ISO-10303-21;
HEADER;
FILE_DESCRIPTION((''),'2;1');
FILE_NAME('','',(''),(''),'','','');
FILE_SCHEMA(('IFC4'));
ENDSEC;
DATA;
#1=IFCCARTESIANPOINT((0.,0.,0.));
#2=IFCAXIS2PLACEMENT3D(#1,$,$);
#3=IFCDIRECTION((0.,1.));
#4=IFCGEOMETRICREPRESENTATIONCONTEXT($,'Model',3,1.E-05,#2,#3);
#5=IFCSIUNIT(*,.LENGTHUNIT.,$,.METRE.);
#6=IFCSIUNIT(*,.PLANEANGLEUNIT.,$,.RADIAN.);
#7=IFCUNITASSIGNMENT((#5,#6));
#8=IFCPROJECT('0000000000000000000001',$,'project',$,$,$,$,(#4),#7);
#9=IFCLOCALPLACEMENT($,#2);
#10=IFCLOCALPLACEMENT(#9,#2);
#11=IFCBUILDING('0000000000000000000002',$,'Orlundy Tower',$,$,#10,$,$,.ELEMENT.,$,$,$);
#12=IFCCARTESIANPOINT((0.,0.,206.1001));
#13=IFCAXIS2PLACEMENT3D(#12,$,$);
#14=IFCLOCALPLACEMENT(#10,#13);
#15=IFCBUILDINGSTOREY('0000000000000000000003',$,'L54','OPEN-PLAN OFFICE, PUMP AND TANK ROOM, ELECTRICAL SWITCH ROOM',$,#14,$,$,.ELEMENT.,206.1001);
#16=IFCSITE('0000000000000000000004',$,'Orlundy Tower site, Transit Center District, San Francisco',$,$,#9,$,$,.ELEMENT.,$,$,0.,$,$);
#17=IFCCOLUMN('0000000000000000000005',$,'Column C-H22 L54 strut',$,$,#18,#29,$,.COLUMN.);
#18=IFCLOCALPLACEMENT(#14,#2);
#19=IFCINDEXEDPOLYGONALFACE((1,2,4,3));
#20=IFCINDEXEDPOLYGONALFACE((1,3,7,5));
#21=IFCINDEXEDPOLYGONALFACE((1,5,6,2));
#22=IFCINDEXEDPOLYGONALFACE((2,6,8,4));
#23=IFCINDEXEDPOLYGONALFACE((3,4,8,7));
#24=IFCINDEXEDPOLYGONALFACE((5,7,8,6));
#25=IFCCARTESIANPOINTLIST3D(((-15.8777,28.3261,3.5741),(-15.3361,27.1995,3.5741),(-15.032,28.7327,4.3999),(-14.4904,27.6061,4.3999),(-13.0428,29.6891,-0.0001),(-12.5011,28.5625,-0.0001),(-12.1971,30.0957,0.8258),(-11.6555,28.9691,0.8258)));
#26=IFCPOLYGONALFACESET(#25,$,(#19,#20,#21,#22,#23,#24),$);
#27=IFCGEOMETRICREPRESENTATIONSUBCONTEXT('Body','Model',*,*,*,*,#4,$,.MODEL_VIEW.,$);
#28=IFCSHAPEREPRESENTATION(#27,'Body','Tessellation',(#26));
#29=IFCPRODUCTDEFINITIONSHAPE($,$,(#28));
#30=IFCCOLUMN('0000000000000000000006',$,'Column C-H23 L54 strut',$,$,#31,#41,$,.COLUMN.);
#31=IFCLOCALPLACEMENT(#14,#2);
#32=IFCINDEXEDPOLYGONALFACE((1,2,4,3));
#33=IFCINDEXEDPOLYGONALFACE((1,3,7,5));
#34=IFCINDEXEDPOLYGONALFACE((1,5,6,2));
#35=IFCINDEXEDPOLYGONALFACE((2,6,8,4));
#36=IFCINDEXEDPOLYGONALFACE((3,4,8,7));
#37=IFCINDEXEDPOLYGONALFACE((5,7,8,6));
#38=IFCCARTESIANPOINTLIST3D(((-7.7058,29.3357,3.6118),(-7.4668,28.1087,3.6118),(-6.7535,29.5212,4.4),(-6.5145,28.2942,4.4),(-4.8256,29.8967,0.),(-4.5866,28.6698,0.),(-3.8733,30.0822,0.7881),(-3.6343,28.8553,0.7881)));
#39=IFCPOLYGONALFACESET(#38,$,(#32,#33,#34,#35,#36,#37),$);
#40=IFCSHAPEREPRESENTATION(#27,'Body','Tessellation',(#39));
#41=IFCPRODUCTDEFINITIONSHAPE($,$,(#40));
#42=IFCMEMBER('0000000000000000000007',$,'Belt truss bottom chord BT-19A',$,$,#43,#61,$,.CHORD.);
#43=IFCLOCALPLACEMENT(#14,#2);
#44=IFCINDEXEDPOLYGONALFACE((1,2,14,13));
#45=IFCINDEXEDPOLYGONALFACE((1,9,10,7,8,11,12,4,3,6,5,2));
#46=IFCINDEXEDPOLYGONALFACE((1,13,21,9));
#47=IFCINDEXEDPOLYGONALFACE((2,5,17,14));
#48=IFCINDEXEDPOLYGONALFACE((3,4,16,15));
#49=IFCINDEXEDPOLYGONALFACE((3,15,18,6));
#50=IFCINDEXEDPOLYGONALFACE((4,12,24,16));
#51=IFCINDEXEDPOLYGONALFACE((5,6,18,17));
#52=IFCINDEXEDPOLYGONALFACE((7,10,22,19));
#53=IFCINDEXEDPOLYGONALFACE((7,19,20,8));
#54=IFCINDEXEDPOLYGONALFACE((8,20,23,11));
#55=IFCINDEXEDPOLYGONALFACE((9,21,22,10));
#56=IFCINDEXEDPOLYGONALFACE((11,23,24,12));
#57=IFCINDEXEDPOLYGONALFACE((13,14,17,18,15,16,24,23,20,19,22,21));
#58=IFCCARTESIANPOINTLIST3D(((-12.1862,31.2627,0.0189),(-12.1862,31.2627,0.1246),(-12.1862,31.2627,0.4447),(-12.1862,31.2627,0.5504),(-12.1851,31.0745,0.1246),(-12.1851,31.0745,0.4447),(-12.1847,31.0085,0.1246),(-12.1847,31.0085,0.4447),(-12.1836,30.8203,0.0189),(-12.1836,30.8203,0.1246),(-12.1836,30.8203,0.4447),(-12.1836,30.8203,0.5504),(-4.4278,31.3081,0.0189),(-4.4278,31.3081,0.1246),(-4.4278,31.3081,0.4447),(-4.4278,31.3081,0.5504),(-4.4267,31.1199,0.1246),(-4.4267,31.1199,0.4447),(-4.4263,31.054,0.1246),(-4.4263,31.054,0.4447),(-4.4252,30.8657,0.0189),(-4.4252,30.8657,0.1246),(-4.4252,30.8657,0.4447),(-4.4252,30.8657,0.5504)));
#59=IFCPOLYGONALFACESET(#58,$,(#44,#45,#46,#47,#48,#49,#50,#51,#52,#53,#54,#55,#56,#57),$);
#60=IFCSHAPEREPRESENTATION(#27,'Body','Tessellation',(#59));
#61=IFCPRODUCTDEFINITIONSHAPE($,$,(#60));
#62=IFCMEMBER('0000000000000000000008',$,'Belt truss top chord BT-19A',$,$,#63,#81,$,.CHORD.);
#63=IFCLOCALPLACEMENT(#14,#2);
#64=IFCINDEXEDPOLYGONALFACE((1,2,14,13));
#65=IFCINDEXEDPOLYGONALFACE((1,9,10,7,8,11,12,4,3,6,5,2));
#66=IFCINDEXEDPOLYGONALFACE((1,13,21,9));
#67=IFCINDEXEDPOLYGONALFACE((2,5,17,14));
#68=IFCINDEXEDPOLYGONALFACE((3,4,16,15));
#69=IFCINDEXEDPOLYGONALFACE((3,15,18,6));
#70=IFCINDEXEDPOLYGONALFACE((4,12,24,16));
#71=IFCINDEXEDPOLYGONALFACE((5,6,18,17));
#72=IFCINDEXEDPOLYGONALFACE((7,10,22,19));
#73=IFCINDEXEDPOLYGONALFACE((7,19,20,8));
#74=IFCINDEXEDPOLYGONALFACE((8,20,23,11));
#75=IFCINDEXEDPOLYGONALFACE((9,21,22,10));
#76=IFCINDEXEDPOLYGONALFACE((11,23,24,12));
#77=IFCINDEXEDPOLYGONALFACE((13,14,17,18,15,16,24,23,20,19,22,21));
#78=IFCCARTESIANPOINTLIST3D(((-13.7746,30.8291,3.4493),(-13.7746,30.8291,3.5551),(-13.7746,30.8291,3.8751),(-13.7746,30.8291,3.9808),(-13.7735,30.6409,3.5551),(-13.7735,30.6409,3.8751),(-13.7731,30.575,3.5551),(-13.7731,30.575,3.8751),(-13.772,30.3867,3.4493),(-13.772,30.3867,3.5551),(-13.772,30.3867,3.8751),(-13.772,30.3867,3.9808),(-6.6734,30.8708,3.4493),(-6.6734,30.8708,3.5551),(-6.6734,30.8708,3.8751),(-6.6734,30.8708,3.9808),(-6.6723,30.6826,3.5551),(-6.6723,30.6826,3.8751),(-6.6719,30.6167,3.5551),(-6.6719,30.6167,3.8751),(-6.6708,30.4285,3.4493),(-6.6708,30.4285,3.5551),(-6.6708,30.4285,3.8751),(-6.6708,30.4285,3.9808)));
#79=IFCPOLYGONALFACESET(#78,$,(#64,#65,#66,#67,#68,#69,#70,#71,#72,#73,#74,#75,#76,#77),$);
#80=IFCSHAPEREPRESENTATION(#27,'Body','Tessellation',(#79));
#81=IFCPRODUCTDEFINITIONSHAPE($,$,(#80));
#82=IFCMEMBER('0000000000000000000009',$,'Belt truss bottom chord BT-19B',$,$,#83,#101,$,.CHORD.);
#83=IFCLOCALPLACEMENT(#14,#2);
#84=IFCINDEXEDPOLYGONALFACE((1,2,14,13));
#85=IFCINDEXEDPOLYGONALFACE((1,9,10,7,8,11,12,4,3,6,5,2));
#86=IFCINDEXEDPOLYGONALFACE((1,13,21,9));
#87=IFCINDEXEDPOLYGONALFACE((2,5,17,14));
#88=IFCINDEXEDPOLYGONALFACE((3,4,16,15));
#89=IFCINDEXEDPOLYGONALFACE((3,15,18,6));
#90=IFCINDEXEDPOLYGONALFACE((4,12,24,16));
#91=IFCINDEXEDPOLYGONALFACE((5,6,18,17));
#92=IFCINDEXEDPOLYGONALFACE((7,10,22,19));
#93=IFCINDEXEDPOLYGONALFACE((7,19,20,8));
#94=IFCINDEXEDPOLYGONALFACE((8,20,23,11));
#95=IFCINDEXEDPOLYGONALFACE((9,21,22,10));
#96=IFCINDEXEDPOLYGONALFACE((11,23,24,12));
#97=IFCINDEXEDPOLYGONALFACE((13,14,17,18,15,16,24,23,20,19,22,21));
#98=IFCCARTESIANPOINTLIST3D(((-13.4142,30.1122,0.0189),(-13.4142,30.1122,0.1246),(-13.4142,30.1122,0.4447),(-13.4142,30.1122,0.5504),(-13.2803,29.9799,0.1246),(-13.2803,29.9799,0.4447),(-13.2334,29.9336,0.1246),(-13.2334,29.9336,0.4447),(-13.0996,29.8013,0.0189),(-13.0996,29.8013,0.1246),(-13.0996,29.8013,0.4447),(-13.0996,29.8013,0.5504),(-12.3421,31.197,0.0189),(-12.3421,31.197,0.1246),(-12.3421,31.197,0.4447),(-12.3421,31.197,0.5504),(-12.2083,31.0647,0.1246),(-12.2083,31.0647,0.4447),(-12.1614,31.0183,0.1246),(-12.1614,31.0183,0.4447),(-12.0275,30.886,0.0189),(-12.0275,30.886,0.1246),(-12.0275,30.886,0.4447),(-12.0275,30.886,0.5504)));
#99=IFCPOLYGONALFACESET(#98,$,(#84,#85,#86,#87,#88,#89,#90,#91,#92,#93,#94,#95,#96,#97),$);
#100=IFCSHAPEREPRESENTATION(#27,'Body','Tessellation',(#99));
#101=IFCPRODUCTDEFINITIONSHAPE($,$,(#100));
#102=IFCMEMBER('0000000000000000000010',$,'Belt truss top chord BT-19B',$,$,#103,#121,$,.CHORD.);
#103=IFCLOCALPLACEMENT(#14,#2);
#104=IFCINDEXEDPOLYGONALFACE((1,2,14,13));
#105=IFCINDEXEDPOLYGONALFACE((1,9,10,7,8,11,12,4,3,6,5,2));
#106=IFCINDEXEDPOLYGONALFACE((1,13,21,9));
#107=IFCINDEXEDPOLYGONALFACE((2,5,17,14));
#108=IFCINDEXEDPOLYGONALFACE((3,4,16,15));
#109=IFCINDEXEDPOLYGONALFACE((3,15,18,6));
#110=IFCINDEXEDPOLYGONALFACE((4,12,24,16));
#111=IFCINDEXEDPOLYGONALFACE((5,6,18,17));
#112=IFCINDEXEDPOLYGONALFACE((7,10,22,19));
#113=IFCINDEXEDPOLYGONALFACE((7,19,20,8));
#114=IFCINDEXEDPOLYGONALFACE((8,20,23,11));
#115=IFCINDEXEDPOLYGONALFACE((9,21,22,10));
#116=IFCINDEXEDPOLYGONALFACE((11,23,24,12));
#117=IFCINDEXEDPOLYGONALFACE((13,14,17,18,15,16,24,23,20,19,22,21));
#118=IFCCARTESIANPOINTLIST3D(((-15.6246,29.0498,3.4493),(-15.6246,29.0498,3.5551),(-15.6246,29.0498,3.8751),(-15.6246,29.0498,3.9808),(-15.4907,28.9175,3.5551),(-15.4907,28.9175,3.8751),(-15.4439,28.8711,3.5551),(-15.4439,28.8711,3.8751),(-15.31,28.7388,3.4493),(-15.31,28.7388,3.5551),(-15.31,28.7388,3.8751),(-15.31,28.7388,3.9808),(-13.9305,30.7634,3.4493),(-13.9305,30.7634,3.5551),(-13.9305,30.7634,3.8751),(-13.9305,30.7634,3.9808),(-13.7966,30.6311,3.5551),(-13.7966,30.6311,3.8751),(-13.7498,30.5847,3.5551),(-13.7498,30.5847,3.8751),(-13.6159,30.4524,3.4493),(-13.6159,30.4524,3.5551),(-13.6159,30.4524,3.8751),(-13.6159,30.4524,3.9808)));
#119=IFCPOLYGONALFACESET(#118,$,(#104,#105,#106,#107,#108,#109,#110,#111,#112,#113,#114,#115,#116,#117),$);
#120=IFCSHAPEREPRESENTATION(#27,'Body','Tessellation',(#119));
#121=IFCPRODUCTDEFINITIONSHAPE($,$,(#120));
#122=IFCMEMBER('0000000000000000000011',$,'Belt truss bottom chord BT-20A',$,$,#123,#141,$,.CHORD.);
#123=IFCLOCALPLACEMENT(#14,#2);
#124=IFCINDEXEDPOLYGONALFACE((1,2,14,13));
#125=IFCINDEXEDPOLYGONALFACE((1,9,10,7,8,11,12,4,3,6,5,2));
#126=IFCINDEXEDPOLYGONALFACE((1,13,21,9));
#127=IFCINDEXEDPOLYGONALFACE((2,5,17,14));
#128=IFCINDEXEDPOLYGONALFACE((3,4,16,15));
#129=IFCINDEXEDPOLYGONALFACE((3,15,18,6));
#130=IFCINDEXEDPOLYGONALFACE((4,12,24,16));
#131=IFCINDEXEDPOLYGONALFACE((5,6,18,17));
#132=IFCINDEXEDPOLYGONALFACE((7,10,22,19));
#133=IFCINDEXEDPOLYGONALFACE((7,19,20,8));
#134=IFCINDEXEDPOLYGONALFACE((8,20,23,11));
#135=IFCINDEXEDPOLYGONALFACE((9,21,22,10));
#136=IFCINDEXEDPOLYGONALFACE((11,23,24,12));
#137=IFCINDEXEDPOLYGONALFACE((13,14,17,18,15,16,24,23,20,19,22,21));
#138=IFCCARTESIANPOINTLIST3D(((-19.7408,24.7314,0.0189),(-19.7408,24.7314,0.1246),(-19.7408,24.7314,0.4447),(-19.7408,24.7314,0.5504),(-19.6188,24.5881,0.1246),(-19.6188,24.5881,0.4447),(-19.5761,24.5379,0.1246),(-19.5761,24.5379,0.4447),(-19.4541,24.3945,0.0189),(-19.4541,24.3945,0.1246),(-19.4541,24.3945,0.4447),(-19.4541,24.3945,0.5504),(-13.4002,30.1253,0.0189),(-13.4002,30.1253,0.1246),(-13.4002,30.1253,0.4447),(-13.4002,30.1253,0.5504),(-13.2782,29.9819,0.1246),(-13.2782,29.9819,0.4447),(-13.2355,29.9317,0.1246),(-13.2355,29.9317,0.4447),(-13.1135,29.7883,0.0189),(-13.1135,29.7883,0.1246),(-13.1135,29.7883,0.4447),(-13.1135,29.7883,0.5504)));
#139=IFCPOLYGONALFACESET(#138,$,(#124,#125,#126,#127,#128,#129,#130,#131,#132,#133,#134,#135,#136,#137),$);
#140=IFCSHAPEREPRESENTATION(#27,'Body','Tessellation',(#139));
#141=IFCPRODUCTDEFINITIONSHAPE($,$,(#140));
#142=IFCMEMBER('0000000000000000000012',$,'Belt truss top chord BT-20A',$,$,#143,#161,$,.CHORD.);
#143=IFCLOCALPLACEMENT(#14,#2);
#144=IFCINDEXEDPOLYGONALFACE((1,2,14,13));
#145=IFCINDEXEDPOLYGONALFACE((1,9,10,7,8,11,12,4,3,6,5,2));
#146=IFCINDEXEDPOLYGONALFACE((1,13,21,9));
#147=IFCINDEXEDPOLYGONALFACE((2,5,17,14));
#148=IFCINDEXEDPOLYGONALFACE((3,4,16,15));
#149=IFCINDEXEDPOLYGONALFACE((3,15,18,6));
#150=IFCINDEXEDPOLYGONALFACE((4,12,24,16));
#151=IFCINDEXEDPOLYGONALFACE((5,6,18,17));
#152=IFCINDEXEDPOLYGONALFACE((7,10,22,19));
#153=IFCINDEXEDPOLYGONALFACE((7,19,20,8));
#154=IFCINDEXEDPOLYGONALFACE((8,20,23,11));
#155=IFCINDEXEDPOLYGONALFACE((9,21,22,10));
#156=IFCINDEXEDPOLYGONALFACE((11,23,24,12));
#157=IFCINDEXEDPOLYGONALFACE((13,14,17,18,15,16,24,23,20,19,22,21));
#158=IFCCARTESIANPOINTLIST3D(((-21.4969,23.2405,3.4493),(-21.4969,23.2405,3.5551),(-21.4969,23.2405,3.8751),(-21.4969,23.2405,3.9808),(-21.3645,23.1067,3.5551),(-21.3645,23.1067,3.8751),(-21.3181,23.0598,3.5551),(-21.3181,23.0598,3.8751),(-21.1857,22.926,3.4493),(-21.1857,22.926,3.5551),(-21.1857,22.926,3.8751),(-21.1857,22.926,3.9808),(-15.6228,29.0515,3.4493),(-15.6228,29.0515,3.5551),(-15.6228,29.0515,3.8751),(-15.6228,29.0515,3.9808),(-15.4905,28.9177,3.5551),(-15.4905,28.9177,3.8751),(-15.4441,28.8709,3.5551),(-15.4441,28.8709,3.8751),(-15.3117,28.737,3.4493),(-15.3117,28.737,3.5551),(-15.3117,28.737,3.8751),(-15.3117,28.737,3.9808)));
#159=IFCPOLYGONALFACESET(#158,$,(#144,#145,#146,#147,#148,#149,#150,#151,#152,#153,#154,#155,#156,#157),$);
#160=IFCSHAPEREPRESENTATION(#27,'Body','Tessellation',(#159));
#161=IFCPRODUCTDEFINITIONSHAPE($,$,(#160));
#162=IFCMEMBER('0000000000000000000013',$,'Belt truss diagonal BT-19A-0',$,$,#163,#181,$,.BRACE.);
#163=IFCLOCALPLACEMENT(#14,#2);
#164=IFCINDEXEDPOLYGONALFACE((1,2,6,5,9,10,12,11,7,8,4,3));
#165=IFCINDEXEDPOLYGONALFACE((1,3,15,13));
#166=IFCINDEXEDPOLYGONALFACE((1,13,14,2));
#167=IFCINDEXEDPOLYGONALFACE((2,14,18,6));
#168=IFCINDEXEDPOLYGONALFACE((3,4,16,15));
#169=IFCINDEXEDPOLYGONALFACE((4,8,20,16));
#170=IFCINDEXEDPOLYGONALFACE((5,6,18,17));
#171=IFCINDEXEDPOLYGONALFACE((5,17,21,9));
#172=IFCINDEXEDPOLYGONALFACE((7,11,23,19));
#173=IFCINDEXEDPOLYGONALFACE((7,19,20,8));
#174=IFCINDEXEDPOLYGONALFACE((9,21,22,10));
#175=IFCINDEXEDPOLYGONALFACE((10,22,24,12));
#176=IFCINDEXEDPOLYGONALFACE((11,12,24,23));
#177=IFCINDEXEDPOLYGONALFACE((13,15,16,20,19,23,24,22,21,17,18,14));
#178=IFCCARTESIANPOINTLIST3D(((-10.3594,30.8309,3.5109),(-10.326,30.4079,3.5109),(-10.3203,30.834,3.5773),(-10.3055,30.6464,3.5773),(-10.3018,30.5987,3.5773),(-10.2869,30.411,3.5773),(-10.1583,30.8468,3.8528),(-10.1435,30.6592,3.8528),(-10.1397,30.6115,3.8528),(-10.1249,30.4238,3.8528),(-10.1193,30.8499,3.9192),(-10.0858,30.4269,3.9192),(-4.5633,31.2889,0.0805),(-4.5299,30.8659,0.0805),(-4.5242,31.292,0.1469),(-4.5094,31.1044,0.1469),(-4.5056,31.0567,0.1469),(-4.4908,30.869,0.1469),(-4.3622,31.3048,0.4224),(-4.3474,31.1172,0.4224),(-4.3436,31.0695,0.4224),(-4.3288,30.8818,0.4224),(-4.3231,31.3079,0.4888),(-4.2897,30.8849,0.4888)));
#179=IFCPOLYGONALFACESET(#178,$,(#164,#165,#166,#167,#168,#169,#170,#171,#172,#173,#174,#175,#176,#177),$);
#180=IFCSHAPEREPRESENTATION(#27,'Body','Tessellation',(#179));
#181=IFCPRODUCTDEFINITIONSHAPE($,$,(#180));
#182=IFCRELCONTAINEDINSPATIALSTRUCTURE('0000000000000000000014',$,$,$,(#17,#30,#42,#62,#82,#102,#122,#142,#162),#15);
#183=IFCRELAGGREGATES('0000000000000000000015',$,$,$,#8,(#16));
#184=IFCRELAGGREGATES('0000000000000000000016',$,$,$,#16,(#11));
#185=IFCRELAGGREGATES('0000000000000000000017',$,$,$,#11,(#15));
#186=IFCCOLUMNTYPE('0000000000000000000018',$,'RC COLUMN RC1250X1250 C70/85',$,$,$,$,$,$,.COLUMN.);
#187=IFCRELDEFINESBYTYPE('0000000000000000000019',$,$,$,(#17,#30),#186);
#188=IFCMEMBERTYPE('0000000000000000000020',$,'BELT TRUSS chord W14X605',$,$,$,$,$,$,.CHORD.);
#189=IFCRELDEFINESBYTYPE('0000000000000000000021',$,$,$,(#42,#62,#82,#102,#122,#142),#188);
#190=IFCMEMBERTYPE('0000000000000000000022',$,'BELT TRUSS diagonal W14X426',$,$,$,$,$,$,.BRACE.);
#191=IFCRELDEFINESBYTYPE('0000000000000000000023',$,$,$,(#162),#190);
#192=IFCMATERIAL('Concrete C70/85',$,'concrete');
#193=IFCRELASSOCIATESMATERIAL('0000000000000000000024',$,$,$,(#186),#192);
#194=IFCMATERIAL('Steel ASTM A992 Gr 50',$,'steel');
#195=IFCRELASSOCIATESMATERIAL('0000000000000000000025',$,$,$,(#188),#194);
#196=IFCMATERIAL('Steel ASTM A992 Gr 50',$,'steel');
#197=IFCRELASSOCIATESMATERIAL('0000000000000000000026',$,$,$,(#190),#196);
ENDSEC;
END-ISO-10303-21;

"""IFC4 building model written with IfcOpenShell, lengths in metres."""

from ifc_helpers import new_model, si_unit, direction, frame, origin, origin_2d, place, context, subcontext, project, spatial, rectangle, i_section, extrude, material, material_profile, profile_set, type_object, element, save


model = new_model("IFC4")

# Units and contexts
model_context = context("Model", 3, precision=1e-05, world=origin(), true_north=direction((0.0, 1.0)))
body_context = subcontext(model_context, "Body", "Model", "MODEL_VIEW")
ifc_project = project(units=[si_unit("LENGTHUNIT", "METRE"), si_unit("PLANEANGLEUNIT", "RADIAN")], contexts=[model_context])

# Site, building, storey
site_placement = place(None, origin())
site = spatial("IfcSite", under=ifc_project, at=site_placement, Name="Orlundy Tower site, Transit Center District, San Francisco", CompositionType="ELEMENT", RefElevation=0.0)
building_placement = place(site_placement, origin())
building = spatial("IfcBuilding", under=site, at=building_placement, Name="Orlundy Tower", CompositionType="ELEMENT")
storey_placement = place(building_placement, frame((0.0, 0.0, 206.1001)))
storey = spatial("IfcBuildingStorey", under=building, at=storey_placement, Name="L54", Description="OPEN-PLAN OFFICE, PUMP AND TANK ROOM, ELECTRICAL SWITCH ROOM", CompositionType="ELEMENT", Elevation=206.1001)

# Columns
ifc_material_1 = material(Name="Concrete C70/85", Category="concrete")
ifc_material_profile_1 = material_profile(ifc_material_1, rectangle(XDim=1.25, YDim=1.25, at=origin_2d()), Name="RC1250X1250")
ifc_profile_set_1 = profile_set([ifc_material_profile_1], Name="Concrete C70/85")
column_type = type_object("IfcColumnType", Name="RC COLUMN RC1250X1250 C70/85", PredefinedType="COLUMN", material=ifc_profile_set_1)
column_1_placement = place(storey_placement, frame((-12.3491, 29.3291, 0.4128), z_axis=(-0.595418, -0.286275, 0.750682), x_axis=(0.433314, -0.901243, 0.0)))
element("IfcColumn", 1, at=column_1_placement, inside=storey, type_object=column_type, Name="Column C-H22 L54 strut", PredefinedType="COLUMN", context=body_context, shape_type="SweptSolid", body=[
    extrude(rectangle(XDim=1.25, YDim=1.25, at=origin_2d()), origin(), (0.0, 0.0, 1.0), 4.7612),
])
column_2_placement = place(storey_placement, frame((-4.23, 29.376, 0.394), z_axis=(-0.618916, -0.120562, 0.77615), x_axis=(0.191201, -0.981551, 0.0)))
element("IfcColumn", 2, at=column_2_placement, inside=storey, type_object=column_type, Name="Column C-H23 L54 strut", PredefinedType="COLUMN", context=body_context, shape_type="SweptSolid", body=[
    extrude(rectangle(XDim=1.25, YDim=1.25, at=origin_2d()), origin(), (0.0, 0.0, 1.0), 4.6536),
])

# Members
ifc_material_2 = material(Name="Steel ASTM A992 Gr 50", Category="steel")
ifc_material_profile_2 = material_profile(ifc_material_2, i_section(OverallWidth=0.4424, OverallDepth=0.5315, WebThickness=0.0659, FlangeThickness=0.1057, at=origin_2d()), Name="W14X605")
ifc_profile_set_2 = profile_set([ifc_material_profile_2], Name="Steel ASTM A992 Gr 50")
member_type_1 = type_object("IfcMemberType", Name="BELT TRUSS chord W14X605", PredefinedType="CHORD", material=ifc_profile_set_2)
member_1_placement = place(storey_placement, frame((-4.4265, 31.0869, 0.2847), z_axis=(-0.999983, -0.005853, 0.0), x_axis=(0.005853, -0.999983, 0.0)))
element("IfcMember", 3, at=member_1_placement, inside=storey, type_object=member_type_1, Name="Belt truss bottom chord BT-19A", PredefinedType="CHORD", context=body_context, shape_type="SweptSolid", body=[
    extrude(i_section(OverallWidth=0.4424, OverallDepth=0.5315, WebThickness=0.0659, FlangeThickness=0.1057, at=origin_2d()), origin(), (0.0, 0.0, 1.0), 7.7585),
])
member_2_placement = place(storey_placement, frame((-6.6721, 30.6497, 3.7151), z_axis=(-0.999983, -0.005879, 0.0), x_axis=(0.005879, -0.999983, 0.0)))
element("IfcMember", 4, at=member_2_placement, inside=storey, type_object=member_type_1, Name="Belt truss top chord BT-19A", PredefinedType="CHORD", context=body_context, shape_type="SweptSolid", body=[
    extrude(i_section(OverallWidth=0.4424, OverallDepth=0.5315, WebThickness=0.0659, FlangeThickness=0.1057, at=origin_2d()), origin(), (0.0, 0.0, 1.0), 7.1013),
])
member_3_placement = place(storey_placement, frame((-12.1848, 31.0415, 0.2847), z_axis=(-0.702932, -0.711257, 0.0), x_axis=(0.711257, -0.702932, 0.0)))
element("IfcMember", 5, at=member_3_placement, inside=storey, type_object=member_type_1, Name="Belt truss bottom chord BT-19B", PredefinedType="CHORD", context=body_context, shape_type="SweptSolid", body=[
    extrude(i_section(OverallWidth=0.4424, OverallDepth=0.5315, WebThickness=0.0659, FlangeThickness=0.1057, at=origin_2d()), origin(), (0.0, 0.0, 1.0), 1.5251),
])
member_4_placement = place(storey_placement, frame((-13.7732, 30.6079, 3.7151), z_axis=(-0.703042, -0.711148, 0.0), x_axis=(0.711148, -0.703042, 0.0)))
element("IfcMember", 6, at=member_4_placement, inside=storey, type_object=member_type_1, Name="Belt truss top chord BT-19B", PredefinedType="CHORD", context=body_context, shape_type="SweptSolid", body=[
    extrude(i_section(OverallWidth=0.4424, OverallDepth=0.5315, WebThickness=0.0659, FlangeThickness=0.1057, at=origin_2d()), origin(), (0.0, 0.0, 1.0), 2.4097),
])
member_5_placement = place(storey_placement, frame((-13.2568, 29.9568, 0.2847), z_axis=(-0.761684, -0.647949, 0.0), x_axis=(0.647949, -0.761684, 0.0)))
element("IfcMember", 7, at=member_5_placement, inside=storey, type_object=member_type_1, Name="Belt truss bottom chord BT-20A", PredefinedType="CHORD", context=body_context, shape_type="SweptSolid", body=[
    extrude(i_section(OverallWidth=0.4424, OverallDepth=0.5315, WebThickness=0.0659, FlangeThickness=0.1057, at=origin_2d()), origin(), (0.0, 0.0, 1.0), 8.3245),
])
member_6_placement = place(storey_placement, frame((-15.4673, 28.8943, 3.7151), z_axis=(-0.710908, -0.703285, 0.0), x_axis=(0.703285, -0.710908, 0.0)))
element("IfcMember", 8, at=member_6_placement, inside=storey, type_object=member_type_1, Name="Belt truss top chord BT-20A", PredefinedType="CHORD", context=body_context, shape_type="SweptSolid", body=[
    extrude(i_section(OverallWidth=0.4424, OverallDepth=0.5315, WebThickness=0.0659, FlangeThickness=0.1057, at=origin_2d()), origin(), (0.0, 0.0, 1.0), 8.2627),
])
ifc_material_3 = material(Name="Steel ASTM A992 Gr 50", Category="steel")
ifc_material_profile_3 = material_profile(ifc_material_3, i_section(OverallWidth=0.4243, OverallDepth=0.4741, WebThickness=0.0479, FlangeThickness=0.0771, at=origin_2d()), Name="W14X426")
ifc_profile_set_3 = profile_set([ifc_material_profile_3], Name="Steel ASTM A992 Gr 50")
member_type_2 = type_object("IfcMemberType", Name="BELT TRUSS diagonal W14X426", PredefinedType="BRACE", material=ifc_profile_set_3)
member_7_placement = place(storey_placement, frame((-4.4265, 31.0869, 0.2847), z_axis=(-0.858591, -0.067845, 0.508153), x_axis=(0.078774, -0.996893, 0.0)))
element("IfcMember", 9, at=member_7_placement, inside=storey, type_object=member_type_2, Name="Belt truss diagonal BT-19A-0", PredefinedType="BRACE", context=body_context, shape_type="SweptSolid", body=[
    extrude(i_section(OverallWidth=0.4243, OverallDepth=0.4741, WebThickness=0.0479, FlangeThickness=0.0771, at=origin_2d()), origin(), (0.0, 0.0, 1.0), 6.7507),
])

save(model, "model.ifc")
